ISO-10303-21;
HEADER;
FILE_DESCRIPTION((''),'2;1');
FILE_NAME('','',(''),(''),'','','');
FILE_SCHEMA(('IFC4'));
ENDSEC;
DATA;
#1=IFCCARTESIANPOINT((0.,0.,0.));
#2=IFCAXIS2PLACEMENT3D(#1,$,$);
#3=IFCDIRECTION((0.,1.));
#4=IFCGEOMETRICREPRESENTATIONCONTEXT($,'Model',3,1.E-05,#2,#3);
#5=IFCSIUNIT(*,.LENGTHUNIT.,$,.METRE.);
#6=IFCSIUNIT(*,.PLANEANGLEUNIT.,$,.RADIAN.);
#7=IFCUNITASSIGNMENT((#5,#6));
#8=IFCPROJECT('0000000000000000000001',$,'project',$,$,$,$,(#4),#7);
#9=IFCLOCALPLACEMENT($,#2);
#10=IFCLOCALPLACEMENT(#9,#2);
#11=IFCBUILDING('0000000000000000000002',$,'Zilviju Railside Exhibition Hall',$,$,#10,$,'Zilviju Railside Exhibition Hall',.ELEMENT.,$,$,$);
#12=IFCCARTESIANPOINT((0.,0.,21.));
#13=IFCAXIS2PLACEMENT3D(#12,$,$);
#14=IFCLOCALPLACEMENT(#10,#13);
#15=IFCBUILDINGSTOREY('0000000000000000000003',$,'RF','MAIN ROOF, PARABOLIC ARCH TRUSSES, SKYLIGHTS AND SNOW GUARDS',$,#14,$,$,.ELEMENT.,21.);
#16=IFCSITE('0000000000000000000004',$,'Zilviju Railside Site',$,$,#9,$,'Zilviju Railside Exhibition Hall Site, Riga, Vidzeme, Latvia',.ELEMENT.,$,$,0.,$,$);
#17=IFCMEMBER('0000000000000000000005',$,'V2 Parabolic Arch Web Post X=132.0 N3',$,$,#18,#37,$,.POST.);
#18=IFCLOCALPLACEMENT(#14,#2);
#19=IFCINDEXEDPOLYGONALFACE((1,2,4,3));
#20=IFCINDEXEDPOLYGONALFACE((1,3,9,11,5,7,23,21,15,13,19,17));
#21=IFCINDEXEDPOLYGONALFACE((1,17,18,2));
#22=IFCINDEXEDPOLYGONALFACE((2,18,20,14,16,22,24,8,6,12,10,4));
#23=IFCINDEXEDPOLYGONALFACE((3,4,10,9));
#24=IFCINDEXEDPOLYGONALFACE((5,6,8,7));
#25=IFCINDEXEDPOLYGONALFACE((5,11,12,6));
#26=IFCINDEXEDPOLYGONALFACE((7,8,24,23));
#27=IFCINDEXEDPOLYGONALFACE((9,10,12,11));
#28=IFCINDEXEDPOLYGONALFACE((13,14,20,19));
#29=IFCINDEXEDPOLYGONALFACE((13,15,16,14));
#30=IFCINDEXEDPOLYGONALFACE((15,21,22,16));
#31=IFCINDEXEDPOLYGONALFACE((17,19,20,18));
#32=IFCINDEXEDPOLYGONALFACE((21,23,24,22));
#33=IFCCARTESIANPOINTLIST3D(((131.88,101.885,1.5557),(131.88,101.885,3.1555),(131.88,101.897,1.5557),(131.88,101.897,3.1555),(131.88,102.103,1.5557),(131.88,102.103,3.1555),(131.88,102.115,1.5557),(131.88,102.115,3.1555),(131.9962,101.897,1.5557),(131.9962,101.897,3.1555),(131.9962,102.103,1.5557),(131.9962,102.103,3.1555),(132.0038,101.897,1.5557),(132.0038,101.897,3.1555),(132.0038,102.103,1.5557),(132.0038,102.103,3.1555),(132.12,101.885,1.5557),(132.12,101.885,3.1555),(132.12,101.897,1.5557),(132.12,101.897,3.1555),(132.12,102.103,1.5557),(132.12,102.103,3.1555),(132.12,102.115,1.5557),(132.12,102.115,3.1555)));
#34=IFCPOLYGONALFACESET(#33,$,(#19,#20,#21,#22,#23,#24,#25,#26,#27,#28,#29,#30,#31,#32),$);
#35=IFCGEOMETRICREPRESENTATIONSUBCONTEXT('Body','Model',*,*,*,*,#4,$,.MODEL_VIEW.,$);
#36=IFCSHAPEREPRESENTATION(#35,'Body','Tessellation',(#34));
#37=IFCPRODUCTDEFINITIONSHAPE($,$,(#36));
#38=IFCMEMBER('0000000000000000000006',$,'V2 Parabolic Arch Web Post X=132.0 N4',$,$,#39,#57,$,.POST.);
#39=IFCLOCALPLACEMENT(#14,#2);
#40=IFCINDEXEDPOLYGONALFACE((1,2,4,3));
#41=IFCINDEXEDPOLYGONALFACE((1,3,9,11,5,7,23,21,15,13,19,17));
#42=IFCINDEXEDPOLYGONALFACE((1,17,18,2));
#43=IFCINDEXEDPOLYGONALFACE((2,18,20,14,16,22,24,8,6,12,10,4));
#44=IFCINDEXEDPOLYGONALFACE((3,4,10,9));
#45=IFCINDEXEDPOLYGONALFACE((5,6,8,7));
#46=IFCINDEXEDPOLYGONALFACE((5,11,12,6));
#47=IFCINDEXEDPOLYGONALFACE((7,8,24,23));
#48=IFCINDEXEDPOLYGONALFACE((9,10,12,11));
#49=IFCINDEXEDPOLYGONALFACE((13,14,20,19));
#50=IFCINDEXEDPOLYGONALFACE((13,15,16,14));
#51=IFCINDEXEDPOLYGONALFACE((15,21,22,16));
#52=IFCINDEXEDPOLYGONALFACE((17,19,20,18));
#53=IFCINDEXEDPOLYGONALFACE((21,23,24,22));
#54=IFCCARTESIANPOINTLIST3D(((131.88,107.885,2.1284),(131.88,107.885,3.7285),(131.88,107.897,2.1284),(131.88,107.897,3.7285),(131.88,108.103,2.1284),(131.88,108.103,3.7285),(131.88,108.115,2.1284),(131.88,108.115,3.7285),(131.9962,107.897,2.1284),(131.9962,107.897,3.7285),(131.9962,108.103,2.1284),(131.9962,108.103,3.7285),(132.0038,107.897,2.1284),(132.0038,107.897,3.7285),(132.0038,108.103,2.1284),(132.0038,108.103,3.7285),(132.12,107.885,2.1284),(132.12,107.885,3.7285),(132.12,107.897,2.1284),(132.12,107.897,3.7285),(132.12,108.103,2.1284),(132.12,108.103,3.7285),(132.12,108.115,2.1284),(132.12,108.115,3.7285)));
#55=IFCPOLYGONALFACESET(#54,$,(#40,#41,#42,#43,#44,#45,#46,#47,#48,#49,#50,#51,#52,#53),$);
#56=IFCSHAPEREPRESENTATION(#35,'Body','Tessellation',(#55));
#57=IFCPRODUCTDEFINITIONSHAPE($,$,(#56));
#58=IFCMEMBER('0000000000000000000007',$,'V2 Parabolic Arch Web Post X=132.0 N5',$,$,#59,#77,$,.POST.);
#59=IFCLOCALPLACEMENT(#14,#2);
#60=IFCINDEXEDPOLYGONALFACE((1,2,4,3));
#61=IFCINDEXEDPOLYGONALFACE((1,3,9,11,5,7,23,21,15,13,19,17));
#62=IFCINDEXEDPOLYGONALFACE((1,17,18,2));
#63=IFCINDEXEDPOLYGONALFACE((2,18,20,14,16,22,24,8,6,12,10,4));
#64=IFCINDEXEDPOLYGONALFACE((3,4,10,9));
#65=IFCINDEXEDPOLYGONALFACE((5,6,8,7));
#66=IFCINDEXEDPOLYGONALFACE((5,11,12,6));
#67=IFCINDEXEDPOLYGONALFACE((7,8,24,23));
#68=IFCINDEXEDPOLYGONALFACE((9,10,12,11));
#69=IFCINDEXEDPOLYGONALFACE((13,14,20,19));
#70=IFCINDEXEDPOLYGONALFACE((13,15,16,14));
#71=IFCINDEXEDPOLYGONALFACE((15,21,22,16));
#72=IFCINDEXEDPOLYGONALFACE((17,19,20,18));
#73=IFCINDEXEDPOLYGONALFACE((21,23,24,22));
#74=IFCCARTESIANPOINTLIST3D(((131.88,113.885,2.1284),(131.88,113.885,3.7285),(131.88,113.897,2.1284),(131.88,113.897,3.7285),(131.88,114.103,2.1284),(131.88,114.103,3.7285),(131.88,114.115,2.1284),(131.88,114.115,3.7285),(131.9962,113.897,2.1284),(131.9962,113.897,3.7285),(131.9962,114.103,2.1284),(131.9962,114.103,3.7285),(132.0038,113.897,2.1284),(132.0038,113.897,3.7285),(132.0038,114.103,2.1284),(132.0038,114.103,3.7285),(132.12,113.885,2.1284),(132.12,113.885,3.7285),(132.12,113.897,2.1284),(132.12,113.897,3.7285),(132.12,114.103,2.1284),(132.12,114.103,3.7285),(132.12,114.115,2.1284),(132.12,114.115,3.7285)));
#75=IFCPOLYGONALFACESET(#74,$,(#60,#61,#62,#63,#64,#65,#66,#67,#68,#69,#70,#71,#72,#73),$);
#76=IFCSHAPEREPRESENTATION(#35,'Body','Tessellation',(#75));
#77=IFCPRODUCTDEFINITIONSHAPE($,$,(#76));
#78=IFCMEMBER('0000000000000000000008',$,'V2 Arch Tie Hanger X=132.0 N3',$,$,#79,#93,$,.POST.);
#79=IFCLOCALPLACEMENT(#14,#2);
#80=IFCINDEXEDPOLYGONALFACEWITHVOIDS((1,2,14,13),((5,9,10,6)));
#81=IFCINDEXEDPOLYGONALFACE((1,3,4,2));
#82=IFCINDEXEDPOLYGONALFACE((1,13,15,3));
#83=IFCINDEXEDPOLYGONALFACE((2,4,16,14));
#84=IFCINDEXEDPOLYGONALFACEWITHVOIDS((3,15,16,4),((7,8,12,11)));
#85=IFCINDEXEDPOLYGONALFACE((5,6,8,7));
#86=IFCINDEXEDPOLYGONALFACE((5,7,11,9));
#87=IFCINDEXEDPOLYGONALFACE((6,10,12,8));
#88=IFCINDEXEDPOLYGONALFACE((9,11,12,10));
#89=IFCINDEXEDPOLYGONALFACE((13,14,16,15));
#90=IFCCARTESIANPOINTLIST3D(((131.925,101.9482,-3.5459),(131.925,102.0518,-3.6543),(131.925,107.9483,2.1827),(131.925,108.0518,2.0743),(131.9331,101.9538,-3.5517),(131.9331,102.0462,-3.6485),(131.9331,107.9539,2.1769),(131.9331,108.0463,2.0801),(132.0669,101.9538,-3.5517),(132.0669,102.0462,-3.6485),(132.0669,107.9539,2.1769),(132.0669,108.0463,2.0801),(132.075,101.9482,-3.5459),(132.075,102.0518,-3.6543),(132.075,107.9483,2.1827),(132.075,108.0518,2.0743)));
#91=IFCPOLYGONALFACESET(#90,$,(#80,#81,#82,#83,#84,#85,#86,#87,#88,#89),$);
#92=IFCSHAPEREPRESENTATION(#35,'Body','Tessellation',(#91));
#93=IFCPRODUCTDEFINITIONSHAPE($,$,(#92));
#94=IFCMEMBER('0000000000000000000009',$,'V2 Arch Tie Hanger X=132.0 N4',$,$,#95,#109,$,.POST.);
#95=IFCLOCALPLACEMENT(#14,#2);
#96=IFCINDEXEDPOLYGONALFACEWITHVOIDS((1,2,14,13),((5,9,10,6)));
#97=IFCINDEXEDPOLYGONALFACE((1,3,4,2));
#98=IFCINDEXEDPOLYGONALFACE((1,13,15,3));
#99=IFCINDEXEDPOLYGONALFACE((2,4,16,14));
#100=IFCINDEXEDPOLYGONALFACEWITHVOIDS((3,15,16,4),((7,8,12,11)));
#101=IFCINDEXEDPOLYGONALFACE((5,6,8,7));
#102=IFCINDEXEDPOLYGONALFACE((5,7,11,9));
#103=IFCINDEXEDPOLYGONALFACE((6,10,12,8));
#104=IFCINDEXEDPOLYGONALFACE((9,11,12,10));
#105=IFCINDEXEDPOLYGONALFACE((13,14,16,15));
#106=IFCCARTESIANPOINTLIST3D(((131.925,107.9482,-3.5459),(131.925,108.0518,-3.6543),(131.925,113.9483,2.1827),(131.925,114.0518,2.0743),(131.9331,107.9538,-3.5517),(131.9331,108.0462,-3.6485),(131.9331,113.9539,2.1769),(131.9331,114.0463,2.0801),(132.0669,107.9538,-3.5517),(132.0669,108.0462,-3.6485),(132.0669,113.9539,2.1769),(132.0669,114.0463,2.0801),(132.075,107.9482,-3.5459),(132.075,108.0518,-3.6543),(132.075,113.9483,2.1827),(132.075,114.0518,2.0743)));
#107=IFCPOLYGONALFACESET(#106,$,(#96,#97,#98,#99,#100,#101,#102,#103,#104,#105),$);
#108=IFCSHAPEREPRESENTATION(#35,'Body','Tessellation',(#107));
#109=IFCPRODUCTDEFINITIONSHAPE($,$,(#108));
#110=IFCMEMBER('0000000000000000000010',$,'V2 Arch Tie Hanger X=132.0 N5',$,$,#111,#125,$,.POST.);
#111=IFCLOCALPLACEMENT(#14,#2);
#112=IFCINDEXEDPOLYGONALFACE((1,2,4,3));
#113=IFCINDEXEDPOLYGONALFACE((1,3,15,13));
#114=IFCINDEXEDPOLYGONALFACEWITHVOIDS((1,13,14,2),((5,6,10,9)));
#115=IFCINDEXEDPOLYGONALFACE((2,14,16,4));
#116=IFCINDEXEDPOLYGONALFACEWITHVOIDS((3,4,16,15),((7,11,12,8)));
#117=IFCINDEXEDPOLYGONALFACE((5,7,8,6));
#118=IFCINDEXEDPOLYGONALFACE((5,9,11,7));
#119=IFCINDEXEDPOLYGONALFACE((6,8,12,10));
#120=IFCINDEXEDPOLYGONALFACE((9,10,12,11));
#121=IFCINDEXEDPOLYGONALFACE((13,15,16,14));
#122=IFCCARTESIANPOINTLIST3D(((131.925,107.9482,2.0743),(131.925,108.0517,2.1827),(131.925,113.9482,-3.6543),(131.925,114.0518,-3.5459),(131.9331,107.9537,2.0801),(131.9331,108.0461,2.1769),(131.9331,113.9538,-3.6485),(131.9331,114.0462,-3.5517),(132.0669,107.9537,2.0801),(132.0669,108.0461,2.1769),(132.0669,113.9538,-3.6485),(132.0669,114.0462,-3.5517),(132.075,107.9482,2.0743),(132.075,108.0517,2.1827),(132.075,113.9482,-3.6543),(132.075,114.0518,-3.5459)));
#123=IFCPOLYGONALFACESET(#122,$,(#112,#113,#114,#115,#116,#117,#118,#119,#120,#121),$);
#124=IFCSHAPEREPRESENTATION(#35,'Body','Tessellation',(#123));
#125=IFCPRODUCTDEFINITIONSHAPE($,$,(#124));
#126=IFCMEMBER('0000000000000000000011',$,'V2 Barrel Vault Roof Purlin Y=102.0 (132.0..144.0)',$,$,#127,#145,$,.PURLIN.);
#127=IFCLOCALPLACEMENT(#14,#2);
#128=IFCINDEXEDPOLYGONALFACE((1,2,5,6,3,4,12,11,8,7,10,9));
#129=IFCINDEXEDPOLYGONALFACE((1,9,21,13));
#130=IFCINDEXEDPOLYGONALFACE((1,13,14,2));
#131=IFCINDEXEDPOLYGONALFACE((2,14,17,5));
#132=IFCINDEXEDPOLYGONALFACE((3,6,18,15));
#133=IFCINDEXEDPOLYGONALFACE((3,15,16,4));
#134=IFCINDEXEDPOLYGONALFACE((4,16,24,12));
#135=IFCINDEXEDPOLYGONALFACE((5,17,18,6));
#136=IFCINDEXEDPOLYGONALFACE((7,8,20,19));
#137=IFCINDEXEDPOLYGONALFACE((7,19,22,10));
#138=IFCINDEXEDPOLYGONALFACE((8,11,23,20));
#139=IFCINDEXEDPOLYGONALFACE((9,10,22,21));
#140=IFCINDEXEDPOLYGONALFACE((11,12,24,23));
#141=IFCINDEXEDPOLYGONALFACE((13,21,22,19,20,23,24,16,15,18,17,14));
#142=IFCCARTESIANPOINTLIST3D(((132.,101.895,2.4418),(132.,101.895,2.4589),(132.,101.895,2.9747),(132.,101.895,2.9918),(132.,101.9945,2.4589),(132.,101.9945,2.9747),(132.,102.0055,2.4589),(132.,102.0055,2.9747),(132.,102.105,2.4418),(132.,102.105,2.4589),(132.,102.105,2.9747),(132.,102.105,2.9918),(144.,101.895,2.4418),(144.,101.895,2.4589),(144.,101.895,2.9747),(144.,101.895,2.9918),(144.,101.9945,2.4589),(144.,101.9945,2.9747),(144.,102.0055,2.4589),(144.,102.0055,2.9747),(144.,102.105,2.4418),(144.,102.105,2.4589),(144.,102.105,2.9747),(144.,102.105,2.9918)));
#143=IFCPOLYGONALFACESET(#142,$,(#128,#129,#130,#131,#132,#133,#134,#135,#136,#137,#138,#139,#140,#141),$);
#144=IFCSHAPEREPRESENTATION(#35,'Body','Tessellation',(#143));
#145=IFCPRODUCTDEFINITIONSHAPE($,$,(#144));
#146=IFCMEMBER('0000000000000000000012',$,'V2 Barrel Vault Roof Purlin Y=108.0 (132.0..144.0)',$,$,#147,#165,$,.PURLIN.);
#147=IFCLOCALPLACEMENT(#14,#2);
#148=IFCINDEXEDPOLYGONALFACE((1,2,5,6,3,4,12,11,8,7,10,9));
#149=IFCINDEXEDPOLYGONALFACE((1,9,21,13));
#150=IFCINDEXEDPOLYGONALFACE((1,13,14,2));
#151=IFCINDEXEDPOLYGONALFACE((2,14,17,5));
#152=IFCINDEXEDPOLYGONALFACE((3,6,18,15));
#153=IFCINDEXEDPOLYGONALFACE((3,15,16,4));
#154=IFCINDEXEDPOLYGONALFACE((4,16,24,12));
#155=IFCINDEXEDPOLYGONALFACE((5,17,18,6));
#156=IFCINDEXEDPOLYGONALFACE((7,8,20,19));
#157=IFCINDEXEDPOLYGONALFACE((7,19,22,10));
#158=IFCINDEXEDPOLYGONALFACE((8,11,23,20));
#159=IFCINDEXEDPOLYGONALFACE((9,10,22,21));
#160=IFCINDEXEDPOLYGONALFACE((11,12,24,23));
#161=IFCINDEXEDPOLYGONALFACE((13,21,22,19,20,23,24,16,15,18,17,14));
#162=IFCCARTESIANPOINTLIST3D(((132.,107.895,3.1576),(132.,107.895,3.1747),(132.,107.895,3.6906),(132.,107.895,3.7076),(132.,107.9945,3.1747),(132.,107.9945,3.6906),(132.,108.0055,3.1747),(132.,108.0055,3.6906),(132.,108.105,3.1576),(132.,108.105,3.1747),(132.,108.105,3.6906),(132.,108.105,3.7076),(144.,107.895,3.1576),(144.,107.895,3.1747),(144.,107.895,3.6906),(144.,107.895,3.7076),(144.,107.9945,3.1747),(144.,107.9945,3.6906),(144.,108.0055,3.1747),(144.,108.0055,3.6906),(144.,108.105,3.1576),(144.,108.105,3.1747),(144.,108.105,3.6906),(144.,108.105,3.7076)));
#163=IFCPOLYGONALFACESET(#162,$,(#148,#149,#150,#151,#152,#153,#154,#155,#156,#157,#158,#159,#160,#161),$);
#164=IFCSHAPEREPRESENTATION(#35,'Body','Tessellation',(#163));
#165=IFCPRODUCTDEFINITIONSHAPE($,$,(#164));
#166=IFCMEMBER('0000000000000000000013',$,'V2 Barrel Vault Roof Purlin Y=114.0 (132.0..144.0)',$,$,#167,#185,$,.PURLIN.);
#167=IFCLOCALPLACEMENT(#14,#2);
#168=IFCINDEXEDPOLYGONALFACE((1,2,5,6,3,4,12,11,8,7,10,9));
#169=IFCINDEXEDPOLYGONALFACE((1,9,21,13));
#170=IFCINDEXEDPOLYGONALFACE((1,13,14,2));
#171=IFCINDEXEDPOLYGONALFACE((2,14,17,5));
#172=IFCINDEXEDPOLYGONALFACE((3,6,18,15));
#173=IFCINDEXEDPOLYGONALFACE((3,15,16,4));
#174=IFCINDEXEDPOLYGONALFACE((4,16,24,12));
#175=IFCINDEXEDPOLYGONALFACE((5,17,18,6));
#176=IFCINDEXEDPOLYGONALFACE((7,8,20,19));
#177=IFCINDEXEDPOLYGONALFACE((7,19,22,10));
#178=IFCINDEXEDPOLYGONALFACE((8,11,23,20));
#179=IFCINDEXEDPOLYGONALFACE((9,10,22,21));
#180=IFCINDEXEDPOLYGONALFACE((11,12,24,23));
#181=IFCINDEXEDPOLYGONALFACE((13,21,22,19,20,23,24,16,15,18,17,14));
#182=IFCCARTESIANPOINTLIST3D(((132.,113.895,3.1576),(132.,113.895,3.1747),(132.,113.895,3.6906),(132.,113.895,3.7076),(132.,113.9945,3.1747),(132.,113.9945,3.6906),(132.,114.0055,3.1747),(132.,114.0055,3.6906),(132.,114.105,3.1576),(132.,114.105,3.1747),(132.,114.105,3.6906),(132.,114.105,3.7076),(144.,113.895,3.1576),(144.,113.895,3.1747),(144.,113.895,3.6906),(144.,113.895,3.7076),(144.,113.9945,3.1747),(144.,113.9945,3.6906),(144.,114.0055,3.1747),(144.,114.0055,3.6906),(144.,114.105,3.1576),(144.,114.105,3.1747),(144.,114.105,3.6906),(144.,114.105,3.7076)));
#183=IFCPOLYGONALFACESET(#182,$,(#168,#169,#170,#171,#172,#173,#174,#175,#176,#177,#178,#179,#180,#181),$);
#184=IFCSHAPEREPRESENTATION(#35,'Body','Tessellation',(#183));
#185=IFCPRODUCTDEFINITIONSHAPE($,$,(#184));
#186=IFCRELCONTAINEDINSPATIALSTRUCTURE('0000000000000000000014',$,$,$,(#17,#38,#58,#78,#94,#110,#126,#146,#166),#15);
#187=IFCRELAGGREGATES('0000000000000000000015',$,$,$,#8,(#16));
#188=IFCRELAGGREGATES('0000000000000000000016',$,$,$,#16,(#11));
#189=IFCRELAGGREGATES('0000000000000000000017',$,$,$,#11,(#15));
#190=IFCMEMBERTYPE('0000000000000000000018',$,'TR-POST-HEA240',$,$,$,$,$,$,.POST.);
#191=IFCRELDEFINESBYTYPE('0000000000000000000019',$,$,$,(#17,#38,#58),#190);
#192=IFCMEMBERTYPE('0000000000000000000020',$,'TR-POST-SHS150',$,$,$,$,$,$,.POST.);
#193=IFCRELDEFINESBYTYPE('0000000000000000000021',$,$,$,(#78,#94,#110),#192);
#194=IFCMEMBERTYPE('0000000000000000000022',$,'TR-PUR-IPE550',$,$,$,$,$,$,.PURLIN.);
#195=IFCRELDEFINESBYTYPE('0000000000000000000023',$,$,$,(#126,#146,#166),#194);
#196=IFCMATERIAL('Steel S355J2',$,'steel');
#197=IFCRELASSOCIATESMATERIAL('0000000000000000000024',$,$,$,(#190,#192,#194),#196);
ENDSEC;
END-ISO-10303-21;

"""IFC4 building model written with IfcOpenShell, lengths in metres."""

from ifc_helpers import new_model, si_unit, direction, frame, origin, origin_2d, place, context, subcontext, project, spatial, hollow_rectangle, i_section, extrude, material, material_profile, profile_set, type_object, element, save


model = new_model("IFC4")

# Units and contexts
model_context = context("Model", 3, precision=1e-05, world=origin(), true_north=direction((0.0, 1.0)))
body_context = subcontext(model_context, "Body", "Model", "MODEL_VIEW")
ifc_project = project(units=[si_unit("LENGTHUNIT", "METRE"), si_unit("PLANEANGLEUNIT", "RADIAN")], contexts=[model_context])

# Site, building, storey
site_placement = place(None, origin())
site = spatial("IfcSite", under=ifc_project, at=site_placement, Name="Zilviju Railside Site", LongName="Zilviju Railside Exhibition Hall Site, Riga, Vidzeme, Latvia", CompositionType="ELEMENT", RefElevation=0.0)
building_placement = place(site_placement, origin())
building = spatial("IfcBuilding", under=site, at=building_placement, Name="Zilviju Railside Exhibition Hall", LongName="Zilviju Railside Exhibition Hall", CompositionType="ELEMENT")
storey_placement = place(building_placement, frame((0.0, 0.0, 21.0)))
storey = spatial("IfcBuildingStorey", under=building, at=storey_placement, Name="RF", Description="MAIN ROOF, PARABOLIC ARCH TRUSSES, SKYLIGHTS AND SNOW GUARDS", CompositionType="ELEMENT", Elevation=21.0)

# Members
ifc_material_1 = material(Name="Steel S355J2", Category="steel")
ifc_material_profile_1 = material_profile(ifc_material_1, i_section(OverallWidth=0.24, OverallDepth=0.23, WebThickness=0.0076, FlangeThickness=0.012, at=origin_2d()), Name="HEA 240")
ifc_profile_set_1 = profile_set([ifc_material_profile_1], Name="Steel S355J2")
member_type_1 = type_object("IfcMemberType", Name="TR-POST-HEA240", PredefinedType="POST", material=ifc_profile_set_1)
member_1_placement = place(storey_placement, frame((132.0, 102.0, 1.5557), z_axis=(0.0, 0.0, 1.0), x_axis=(1.0, 0.0, 0.0)))
element("IfcMember", 1, at=member_1_placement, inside=storey, type_object=member_type_1, Name="V2 Parabolic Arch Web Post X=132.0 N3", PredefinedType="POST", context=body_context, shape_type="SweptSolid", body=[
    extrude(i_section(OverallWidth=0.24, OverallDepth=0.23, WebThickness=0.0076, FlangeThickness=0.012, at=origin_2d()), origin(), (0.0, 0.0, 1.0), 1.5999),
])
for number, where, z_axis, x_axis, name in (
    (2, (132.0, 108.0, 2.1284), (0.0, 0.0, 1.0), (1.0, 0.0, 0.0), "V2 Parabolic Arch Web Post X=132.0 N4"),
    (3, (132.0, 114.0, 2.1284), (0.0, 0.0, 1.0), (1.0, 0.0, 0.0), "V2 Parabolic Arch Web Post X=132.0 N5"),
):
    element("IfcMember", number, at=place(storey_placement, frame(where, z_axis=z_axis, x_axis=x_axis)), inside=storey, type_object=member_type_1, Name=name, PredefinedType="POST", context=body_context, shape_type="SweptSolid", body=[
        extrude(i_section(OverallWidth=0.24, OverallDepth=0.23, WebThickness=0.0076, FlangeThickness=0.012, at=origin_2d()), origin(), (0.0, 0.0, 1.0), 1.6001),
    ])
ifc_material_profile_2 = material_profile(ifc_material_1, hollow_rectangle(XDim=0.1499, YDim=0.1499, WallThickness=0.0081, at=origin_2d()), Name="SHS 150x150x8.0")
ifc_profile_set_2 = profile_set([ifc_material_profile_2], Name="Steel S355J2")
member_type_2 = type_object("IfcMemberType", Name="TR-POST-SHS150", PredefinedType="POST", material=ifc_profile_set_2)
for number, where, z_axis, x_axis, name in (
    (4, (132.0, 102.0, -3.6001), (0.0, 0.723281, 0.690554), (-1.0, 0.0, 0.0), "V2 Arch Tie Hanger X=132.0 N3"),
    (5, (132.0, 108.0, -3.6001), (0.0, 0.723281, 0.690554), (-1.0, 0.0, 0.0), "V2 Arch Tie Hanger X=132.0 N4"),
    (6, (132.0, 114.0, -3.6001), (0.0, -0.723281, 0.690554), (1.0, 0.0, 0.0), "V2 Arch Tie Hanger X=132.0 N5"),
):
    element("IfcMember", number, at=place(storey_placement, frame(where, z_axis=z_axis, x_axis=x_axis)), inside=storey, type_object=member_type_2, Name=name, PredefinedType="POST", context=body_context, shape_type="SweptSolid", body=[
        extrude(hollow_rectangle(XDim=0.1499, YDim=0.1499, WallThickness=0.0081, at=origin_2d()), origin(), (0.0, 0.0, 1.0), 8.2957),
    ])
ifc_material_profile_3 = material_profile(ifc_material_1, i_section(OverallWidth=0.21, OverallDepth=0.55, WebThickness=0.011, FlangeThickness=0.0171, at=origin_2d()), Name="IPE 550")
ifc_profile_set_3 = profile_set([ifc_material_profile_3], Name="Steel S355J2")
member_type_3 = type_object("IfcMemberType", Name="TR-PUR-IPE550", PredefinedType="PURLIN", material=ifc_profile_set_3)
for number, where, z_axis, x_axis, name in (
    (7, (132.0, 102.0, 2.7168), (1.0, 0.0, 0.0), (0.0, 1.0, 0.0), "V2 Barrel Vault Roof Purlin Y=102.0 (132.0..144.0)"),
    (8, (132.0, 108.0, 3.4326), (1.0, 0.0, 0.0), (0.0, 1.0, 0.0), "V2 Barrel Vault Roof Purlin Y=108.0 (132.0..144.0)"),
    (9, (132.0, 114.0, 3.4326), (1.0, 0.0, 0.0), (0.0, 1.0, 0.0), "V2 Barrel Vault Roof Purlin Y=114.0 (132.0..144.0)"),
):
    element("IfcMember", number, at=place(storey_placement, frame(where, z_axis=z_axis, x_axis=x_axis)), inside=storey, type_object=member_type_3, Name=name, PredefinedType="PURLIN", context=body_context, shape_type="SweptSolid", body=[
        extrude(i_section(OverallWidth=0.21, OverallDepth=0.55, WebThickness=0.011, FlangeThickness=0.0171, at=origin_2d()), origin(), (0.0, 0.0, 1.0), 12.0),
    ])

save(model, "model.ifc")
